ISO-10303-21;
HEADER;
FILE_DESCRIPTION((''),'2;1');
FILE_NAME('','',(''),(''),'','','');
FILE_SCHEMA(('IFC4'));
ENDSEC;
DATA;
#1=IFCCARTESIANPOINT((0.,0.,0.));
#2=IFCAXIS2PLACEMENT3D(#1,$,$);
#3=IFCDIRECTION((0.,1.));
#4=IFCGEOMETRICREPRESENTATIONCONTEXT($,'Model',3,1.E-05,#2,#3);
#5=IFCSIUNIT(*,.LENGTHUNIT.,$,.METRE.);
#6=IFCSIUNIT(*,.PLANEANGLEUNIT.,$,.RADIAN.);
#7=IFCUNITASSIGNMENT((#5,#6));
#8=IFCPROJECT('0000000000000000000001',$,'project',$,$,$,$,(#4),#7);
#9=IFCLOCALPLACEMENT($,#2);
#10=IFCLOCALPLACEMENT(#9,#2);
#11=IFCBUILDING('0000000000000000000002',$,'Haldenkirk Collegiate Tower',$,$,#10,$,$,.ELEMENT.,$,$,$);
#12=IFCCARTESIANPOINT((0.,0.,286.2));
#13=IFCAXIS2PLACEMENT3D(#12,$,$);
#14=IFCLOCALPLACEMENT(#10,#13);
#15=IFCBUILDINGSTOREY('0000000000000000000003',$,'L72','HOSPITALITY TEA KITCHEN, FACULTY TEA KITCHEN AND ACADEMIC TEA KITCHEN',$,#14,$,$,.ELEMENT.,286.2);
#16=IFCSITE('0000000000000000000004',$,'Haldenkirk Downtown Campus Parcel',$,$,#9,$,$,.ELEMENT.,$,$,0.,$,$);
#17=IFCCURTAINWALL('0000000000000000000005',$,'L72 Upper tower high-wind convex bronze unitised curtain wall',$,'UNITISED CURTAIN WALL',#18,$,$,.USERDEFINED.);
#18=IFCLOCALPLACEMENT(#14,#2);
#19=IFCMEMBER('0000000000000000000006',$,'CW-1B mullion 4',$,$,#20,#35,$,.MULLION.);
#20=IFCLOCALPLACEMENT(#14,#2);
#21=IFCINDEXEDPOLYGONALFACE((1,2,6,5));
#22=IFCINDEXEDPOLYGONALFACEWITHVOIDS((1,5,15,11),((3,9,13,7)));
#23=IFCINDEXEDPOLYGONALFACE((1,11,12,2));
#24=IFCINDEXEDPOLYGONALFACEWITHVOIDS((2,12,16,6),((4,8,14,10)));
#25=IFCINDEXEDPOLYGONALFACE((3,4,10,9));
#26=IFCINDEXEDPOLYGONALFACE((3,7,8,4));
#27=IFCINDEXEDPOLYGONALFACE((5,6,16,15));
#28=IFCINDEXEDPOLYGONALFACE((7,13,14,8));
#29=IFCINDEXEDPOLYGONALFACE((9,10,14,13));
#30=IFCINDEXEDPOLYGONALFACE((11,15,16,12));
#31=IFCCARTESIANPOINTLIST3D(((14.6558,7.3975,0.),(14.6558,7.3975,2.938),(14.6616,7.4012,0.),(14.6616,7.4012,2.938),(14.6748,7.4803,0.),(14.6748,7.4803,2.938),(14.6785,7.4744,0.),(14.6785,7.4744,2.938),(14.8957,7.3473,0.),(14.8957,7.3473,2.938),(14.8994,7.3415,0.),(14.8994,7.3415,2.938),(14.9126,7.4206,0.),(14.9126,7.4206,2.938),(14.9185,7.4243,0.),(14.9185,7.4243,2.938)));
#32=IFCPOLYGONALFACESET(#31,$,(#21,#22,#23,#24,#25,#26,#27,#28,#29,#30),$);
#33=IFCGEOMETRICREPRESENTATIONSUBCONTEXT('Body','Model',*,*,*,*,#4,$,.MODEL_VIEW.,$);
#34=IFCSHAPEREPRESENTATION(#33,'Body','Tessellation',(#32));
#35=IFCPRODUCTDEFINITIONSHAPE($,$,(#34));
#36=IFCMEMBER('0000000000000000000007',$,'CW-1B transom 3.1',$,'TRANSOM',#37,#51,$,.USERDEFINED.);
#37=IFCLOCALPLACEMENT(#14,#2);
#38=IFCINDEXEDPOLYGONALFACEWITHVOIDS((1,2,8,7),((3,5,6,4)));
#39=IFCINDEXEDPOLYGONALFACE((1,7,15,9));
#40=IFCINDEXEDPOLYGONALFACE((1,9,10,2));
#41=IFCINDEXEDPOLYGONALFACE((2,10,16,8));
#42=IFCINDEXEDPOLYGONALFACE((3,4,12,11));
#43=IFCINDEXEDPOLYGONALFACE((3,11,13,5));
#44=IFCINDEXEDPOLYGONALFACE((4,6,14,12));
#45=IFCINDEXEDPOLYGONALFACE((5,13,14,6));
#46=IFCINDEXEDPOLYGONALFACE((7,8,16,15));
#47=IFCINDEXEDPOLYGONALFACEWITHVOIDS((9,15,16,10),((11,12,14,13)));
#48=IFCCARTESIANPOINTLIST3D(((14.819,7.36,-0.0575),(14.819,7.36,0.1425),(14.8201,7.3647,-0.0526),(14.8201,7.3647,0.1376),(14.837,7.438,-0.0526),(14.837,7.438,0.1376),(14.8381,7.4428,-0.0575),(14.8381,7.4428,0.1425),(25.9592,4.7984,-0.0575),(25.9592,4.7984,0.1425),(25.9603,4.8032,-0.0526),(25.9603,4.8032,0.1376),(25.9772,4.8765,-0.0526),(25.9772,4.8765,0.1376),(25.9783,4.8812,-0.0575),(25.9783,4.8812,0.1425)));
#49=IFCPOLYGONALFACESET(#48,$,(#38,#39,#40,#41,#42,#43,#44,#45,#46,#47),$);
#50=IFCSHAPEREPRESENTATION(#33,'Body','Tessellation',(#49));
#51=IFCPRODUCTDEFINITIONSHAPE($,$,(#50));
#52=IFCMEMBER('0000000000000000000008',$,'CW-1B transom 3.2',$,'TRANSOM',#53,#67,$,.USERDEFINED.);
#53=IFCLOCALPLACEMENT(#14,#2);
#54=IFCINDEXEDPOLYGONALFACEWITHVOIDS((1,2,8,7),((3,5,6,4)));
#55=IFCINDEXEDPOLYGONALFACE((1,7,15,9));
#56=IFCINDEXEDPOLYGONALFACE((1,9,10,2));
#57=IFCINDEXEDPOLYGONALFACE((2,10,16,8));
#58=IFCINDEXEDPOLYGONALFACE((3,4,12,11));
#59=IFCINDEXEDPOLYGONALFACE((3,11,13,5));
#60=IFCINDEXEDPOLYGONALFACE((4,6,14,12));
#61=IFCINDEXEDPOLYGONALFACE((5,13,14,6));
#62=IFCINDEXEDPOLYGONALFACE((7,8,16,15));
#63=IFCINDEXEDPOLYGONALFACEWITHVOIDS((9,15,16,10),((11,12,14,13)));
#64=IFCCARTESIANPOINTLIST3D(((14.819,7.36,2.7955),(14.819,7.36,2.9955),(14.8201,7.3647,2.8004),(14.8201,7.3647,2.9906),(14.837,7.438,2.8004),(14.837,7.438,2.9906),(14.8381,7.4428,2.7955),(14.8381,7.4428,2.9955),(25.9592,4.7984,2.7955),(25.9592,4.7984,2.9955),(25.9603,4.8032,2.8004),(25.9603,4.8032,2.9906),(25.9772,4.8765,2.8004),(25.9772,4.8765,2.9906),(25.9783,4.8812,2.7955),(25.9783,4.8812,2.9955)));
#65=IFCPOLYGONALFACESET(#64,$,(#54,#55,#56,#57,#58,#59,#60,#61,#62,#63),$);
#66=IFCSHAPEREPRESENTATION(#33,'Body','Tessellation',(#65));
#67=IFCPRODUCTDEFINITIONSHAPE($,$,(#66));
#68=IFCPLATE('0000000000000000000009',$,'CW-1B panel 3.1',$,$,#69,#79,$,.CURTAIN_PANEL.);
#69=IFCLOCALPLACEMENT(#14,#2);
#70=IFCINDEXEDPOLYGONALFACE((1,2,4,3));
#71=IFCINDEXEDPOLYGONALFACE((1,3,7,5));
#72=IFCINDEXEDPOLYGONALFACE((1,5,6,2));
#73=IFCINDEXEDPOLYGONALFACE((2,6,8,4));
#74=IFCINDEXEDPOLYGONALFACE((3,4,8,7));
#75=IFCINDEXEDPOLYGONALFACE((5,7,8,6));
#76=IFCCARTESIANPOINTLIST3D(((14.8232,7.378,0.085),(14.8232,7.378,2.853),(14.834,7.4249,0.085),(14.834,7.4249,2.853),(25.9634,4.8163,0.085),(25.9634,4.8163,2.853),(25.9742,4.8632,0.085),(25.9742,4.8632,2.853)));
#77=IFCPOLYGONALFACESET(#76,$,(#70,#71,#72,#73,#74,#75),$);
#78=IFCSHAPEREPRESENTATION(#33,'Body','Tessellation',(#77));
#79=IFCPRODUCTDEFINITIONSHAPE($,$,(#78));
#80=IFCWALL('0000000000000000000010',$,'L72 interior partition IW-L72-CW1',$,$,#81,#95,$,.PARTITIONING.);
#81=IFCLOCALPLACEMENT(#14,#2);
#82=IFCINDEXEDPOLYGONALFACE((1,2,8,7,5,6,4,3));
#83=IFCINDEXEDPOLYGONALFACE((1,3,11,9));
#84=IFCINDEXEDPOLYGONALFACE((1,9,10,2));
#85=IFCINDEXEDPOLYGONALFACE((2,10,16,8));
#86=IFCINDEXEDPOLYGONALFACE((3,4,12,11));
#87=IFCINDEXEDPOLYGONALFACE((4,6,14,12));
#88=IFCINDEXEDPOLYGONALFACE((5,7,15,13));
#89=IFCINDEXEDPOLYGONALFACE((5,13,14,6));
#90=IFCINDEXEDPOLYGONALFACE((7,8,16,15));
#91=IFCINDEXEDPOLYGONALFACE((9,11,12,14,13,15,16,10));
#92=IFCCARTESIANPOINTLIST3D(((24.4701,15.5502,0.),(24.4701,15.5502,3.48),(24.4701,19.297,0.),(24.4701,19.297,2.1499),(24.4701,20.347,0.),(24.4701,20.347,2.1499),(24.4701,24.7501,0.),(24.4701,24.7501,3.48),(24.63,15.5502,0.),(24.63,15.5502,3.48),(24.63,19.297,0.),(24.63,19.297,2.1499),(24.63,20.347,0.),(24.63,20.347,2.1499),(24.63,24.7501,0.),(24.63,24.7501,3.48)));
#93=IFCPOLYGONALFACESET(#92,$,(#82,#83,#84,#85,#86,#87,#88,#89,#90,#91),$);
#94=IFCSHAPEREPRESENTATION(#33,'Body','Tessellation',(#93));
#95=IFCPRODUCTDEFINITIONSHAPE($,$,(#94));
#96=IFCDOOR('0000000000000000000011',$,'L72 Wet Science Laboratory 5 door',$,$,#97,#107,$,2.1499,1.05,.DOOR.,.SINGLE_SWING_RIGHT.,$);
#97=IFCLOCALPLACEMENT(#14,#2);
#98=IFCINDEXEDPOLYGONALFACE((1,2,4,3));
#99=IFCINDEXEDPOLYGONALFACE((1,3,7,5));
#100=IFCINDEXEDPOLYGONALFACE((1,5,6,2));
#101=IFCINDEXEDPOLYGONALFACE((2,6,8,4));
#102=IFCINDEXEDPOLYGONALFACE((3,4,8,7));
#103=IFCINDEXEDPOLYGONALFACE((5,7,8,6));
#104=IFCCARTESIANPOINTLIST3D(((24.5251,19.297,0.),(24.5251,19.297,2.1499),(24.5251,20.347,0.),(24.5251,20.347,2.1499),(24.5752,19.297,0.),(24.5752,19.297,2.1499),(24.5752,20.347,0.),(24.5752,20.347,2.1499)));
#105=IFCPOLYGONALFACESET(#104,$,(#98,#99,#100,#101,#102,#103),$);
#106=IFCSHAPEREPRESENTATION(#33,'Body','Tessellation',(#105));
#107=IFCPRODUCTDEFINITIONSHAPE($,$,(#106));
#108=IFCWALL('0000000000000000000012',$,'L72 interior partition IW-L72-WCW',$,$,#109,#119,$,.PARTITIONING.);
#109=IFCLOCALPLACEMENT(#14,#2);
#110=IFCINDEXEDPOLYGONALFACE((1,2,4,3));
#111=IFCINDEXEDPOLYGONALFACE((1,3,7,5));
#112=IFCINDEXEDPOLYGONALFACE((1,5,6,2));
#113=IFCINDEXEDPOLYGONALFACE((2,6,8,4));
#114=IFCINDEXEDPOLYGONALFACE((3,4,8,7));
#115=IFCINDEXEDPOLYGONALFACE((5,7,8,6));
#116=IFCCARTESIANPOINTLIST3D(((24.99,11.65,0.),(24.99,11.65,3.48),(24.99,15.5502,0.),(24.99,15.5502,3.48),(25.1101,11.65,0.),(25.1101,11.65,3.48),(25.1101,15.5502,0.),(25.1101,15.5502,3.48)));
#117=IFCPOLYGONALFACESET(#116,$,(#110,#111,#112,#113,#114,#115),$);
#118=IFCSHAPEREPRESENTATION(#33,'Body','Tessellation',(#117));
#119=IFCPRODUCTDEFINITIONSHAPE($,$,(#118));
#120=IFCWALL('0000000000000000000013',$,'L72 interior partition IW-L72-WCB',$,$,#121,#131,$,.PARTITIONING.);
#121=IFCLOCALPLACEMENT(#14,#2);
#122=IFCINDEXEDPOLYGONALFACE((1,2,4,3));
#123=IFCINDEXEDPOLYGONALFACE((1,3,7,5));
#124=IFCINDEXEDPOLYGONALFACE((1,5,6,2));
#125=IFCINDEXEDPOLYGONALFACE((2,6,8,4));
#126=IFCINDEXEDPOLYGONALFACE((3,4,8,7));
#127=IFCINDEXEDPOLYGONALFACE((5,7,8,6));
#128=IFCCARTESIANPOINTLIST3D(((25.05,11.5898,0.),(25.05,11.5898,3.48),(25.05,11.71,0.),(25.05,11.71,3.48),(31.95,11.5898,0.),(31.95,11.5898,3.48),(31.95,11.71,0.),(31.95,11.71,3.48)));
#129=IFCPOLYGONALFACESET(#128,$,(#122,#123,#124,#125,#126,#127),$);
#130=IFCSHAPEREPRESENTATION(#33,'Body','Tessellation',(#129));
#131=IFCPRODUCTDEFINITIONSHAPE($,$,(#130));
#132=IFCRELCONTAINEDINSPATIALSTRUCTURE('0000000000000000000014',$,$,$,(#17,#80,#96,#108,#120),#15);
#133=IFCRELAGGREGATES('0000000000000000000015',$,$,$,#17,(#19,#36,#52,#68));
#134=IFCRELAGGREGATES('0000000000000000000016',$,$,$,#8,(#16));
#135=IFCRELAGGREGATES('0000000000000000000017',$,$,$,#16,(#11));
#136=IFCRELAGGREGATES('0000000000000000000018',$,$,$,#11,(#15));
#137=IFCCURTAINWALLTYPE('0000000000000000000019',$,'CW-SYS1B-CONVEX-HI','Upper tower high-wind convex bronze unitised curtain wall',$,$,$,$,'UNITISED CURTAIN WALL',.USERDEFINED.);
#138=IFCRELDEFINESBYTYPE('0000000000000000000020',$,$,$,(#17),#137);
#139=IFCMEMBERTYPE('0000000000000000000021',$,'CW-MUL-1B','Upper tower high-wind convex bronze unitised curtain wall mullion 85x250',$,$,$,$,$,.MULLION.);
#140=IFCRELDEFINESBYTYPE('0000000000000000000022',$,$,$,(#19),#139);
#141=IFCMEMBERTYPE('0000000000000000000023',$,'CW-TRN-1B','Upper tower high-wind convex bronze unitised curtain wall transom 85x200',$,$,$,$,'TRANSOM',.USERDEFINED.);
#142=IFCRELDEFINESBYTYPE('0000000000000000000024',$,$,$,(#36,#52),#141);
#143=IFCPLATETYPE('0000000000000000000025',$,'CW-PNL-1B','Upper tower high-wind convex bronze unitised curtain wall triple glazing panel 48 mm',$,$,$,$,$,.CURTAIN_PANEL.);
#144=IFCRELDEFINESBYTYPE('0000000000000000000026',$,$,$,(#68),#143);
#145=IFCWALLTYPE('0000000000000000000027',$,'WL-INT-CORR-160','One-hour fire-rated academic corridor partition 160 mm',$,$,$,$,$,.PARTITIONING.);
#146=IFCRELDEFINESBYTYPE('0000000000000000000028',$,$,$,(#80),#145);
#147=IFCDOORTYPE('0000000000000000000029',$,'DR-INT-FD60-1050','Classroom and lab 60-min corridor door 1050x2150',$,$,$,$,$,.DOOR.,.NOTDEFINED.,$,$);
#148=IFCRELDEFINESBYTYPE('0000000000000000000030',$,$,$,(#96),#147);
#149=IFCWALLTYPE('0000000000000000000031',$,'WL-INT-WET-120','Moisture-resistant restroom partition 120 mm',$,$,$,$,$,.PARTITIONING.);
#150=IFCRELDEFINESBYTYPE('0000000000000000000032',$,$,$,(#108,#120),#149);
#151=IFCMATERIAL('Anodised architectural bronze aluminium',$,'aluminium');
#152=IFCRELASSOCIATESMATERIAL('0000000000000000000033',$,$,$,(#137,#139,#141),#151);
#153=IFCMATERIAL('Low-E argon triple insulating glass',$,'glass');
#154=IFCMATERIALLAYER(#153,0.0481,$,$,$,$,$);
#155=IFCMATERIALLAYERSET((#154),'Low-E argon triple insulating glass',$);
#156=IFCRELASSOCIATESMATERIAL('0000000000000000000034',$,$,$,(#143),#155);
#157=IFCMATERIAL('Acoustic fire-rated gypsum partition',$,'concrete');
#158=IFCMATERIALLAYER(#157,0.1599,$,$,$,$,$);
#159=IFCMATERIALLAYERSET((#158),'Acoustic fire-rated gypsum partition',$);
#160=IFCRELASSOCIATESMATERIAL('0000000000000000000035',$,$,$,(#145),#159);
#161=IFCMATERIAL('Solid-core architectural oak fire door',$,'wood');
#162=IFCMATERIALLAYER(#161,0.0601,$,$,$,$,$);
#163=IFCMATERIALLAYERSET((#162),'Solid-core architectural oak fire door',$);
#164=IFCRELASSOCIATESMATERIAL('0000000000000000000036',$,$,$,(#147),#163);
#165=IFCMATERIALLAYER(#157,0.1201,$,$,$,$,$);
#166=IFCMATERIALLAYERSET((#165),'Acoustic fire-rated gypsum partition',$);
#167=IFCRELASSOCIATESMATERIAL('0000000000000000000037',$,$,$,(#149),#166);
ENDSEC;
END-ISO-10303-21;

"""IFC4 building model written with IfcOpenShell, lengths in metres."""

from ifc_helpers import new_model, si_unit, direction, frame, frame_2d, origin, origin_2d, place, context, subcontext, project, spatial, rectangle, hollow_rectangle, extrude, source, transform, mapped, material, layer, layer_set, material_profile, profile_set, type_object, element, fill, aggregate, save


model = new_model("IFC4")

# Units and contexts
model_context = context("Model", 3, precision=1e-05, world=origin(), true_north=direction((0.0, 1.0)))
body_context = subcontext(model_context, "Body", "Model", "MODEL_VIEW")
ifc_project = project(units=[si_unit("LENGTHUNIT", "METRE"), si_unit("PLANEANGLEUNIT", "RADIAN")], contexts=[model_context])

# Site, building, storey
site_placement = place(None, origin())
site = spatial("IfcSite", under=ifc_project, at=site_placement, Name="Haldenkirk Downtown Campus Parcel", CompositionType="ELEMENT", RefElevation=0.0)
building_placement = place(site_placement, origin())
building = spatial("IfcBuilding", under=site, at=building_placement, Name="Haldenkirk Collegiate Tower", CompositionType="ELEMENT")
storey_placement = place(building_placement, frame((0.0, 0.0, 286.2)))
storey = spatial("IfcBuildingStorey", under=building, at=storey_placement, Name="L72", Description="HOSPITALITY TEA KITCHEN, FACULTY TEA KITCHEN AND ACADEMIC TEA KITCHEN", CompositionType="ELEMENT", Elevation=286.2)

# Curtain wall, members, plate
ifc_material_1 = material(Name="Anodised architectural bronze aluminium", Category="aluminium")
curtain_wall_type = type_object("IfcCurtainWallType", Name="CW-SYS1B-CONVEX-HI", Description="Upper tower high-wind convex bronze unitised curtain wall", ElementType="UNITISED CURTAIN WALL", PredefinedType="USERDEFINED", material=ifc_material_1)
curtain_wall_placement = place(storey_placement, origin())
curtain_wall = element("IfcCurtainWall", 1, at=curtain_wall_placement, inside=storey, type_object=curtain_wall_type, Name="L72 Upper tower high-wind convex bronze unitised curtain wall", ObjectType="UNITISED CURTAIN WALL", PredefinedType="USERDEFINED")
ifc_material_profile_1 = material_profile(ifc_material_1, hollow_rectangle(XDim=0.085, YDim=0.25, WallThickness=0.0049, at=origin_2d()), Name="CW-MUL-1B")
ifc_profile_set_1 = profile_set([ifc_material_profile_1], Name="Anodised architectural bronze aluminium")
member_type_1 = type_object("IfcMemberType", Name="CW-MUL-1B", Description="Upper tower high-wind convex bronze unitised curtain wall mullion 85x250", PredefinedType="MULLION", material=ifc_profile_set_1)
member_1_placement = place(storey_placement, frame((14.7871, 7.4109, 0.0), z_axis=(0.0, 0.0, 1.0), x_axis=(-0.224101, -0.974566, 0.0)))
member_1 = element("IfcMember", 2, at=member_1_placement, type_object=member_type_1, Name="CW-1B mullion 4", PredefinedType="MULLION", context=body_context, shape_type="SweptSolid", body=[
    extrude(hollow_rectangle(XDim=0.085, YDim=0.25, WallThickness=0.0049, at=origin_2d()), origin(), (0.0, 0.0, 1.0), 2.938),
])
ifc_material_profile_2 = material_profile(ifc_material_1, hollow_rectangle(XDim=0.085, YDim=0.2, WallThickness=0.0049, at=origin_2d()), Name="CW-TRN-1B")
ifc_profile_set_2 = profile_set([ifc_material_profile_2], Name="Anodised architectural bronze aluminium")
member_type_2 = type_object("IfcMemberType", Name="CW-TRN-1B", Description="Upper tower high-wind convex bronze unitised curtain wall transom 85x200", ElementType="TRANSOM", PredefinedType="USERDEFINED", material=ifc_profile_set_2)
member_2_placement = place(storey_placement, frame((25.9688, 4.8398, 0.0425), z_axis=(-0.974569, 0.224089, 0.0), x_axis=(-0.224089, -0.974569, 0.0)))
member_2 = element("IfcMember", 3, at=member_2_placement, type_object=member_type_2, Name="CW-1B transom 3.1", ObjectType="TRANSOM", PredefinedType="USERDEFINED", context=body_context, shape_type="SweptSolid", body=[
    extrude(hollow_rectangle(XDim=0.085, YDim=0.2, WallThickness=0.0049, at=origin_2d()), origin(), (0.0, 0.0, 1.0), 11.4309),
])
member_3_placement = place(storey_placement, frame((25.9688, 4.8398, 2.8955), z_axis=(-0.974569, 0.224089, 0.0), x_axis=(-0.224089, -0.974569, 0.0)))
member_3 = element("IfcMember", 4, at=member_3_placement, type_object=member_type_2, Name="CW-1B transom 3.2", ObjectType="TRANSOM", PredefinedType="USERDEFINED", context=body_context, shape_type="SweptSolid", body=[
    extrude(hollow_rectangle(XDim=0.085, YDim=0.2, WallThickness=0.0049, at=origin_2d()), origin(), (0.0, 0.0, 1.0), 11.4309),
])
ifc_material_2 = material(Name="Low-E argon triple insulating glass", Category="glass")
ifc_layer_1 = layer(ifc_material_2, 0.0481)
ifc_layer_set_1 = layer_set([ifc_layer_1], Name="Low-E argon triple insulating glass")
plate_type = type_object("IfcPlateType", Name="CW-PNL-1B", Description="Upper tower high-wind convex bronze unitised curtain wall triple glazing panel 48 mm", PredefinedType="CURTAIN_PANEL", material=ifc_layer_set_1)
shared_shape = source(origin(), body_context, "Body", "SweptSolid", [
    extrude(rectangle(XDim=11.4309, YDim=0.0481, at=origin_2d()), origin(), (0.0, 0.0, 1.0), 2.7681),
])
plate_placement = place(storey_placement, frame((20.3987, 6.1206, 0.085), z_axis=(0.0, 0.0, 1.0), x_axis=(-0.974566, 0.224101, 0.0)))
plate = element("IfcPlate", 5, at=plate_placement, type_object=plate_type, Name="CW-1B panel 3.1", PredefinedType="CURTAIN_PANEL", context=body_context, shape_type="MappedRepresentation", body=[
    mapped(shared_shape, transform((0.0, 0.0, 0.0), x_axis=(1.0, 0.0, 0.0), y_axis=(0.0, 1.0, 0.0), z_axis=(0.0, 0.0, 1.0), scale=1.0)),
])
aggregate(curtain_wall, [member_1, member_2, member_3, plate])

# Shared definitions
ifc_material_3 = material(Name="Acoustic fire-rated gypsum partition", Category="concrete")
ifc_layer_2 = layer(ifc_material_3, 0.1599)
ifc_layer_set_2 = layer_set([ifc_layer_2], Name="Acoustic fire-rated gypsum partition")
wall_type_1 = type_object("IfcWallType", Name="WL-INT-CORR-160", Description="One-hour fire-rated academic corridor partition 160 mm", PredefinedType="PARTITIONING", material=ifc_layer_set_2)
ifc_material_4 = material(Name="Solid-core architectural oak fire door", Category="wood")

# Wall, opening, door
wall_1_placement = place(storey_placement, frame((24.55, 15.55, 0.0), z_axis=(0.0, 0.0, 1.0), x_axis=(0.0, 1.0, 0.0)))
wall_1 = element("IfcWall", 6, at=wall_1_placement, inside=storey, type_object=wall_type_1, Name="L72 interior partition IW-L72-CW1", PredefinedType="PARTITIONING", context=body_context, shape_type="SweptSolid", body=[
    extrude(rectangle(XDim=9.2, YDim=0.1599, at=frame_2d((4.6001, 0.0))), origin(), (0.0, 0.0, 1.0), 3.48),
])
opening_1_placement = place(wall_1_placement, frame((3.7471, 0.0, 0.0)))
opening_1 = element("IfcOpeningElement", 7, at=opening_1_placement, cuts=wall_1, PredefinedType="OPENING", context=body_context, shape_type="SweptSolid", body=[
    extrude(rectangle(XDim=1.05, YDim=2.1499, at=frame_2d((0.5249, 1.075))), frame((0.0, 0.0898, 0.0), z_axis=(0.0, -1.0, 0.0), x_axis=(1.0, 0.0, 0.0)), (0.0, 0.0, 1.0), 0.1799),
])
ifc_layer_3 = layer(ifc_material_4, 0.0601)
ifc_layer_set_3 = layer_set([ifc_layer_3], Name="Solid-core architectural oak fire door")
door_type_1 = type_object("IfcDoorType", Name="DR-INT-FD60-1050", Description="Classroom and lab 60-min corridor door 1050x2150", OperationType="NOTDEFINED", PredefinedType="DOOR", material=ifc_layer_set_3)
door_1_placement = place(opening_1_placement, origin())
door_1 = element("IfcDoor", 8, at=door_1_placement, inside=storey, type_object=door_type_1, Name="L72 Wet Science Laboratory 5 door", OperationType="SINGLE_SWING_RIGHT", OverallHeight=2.1499, OverallWidth=1.05, PredefinedType="DOOR", context=body_context, shape_type="SweptSolid", body=[
    extrude(rectangle(XDim=1.05, YDim=2.1499, at=frame_2d((0.5249, 1.075))), frame((0.0, 0.0249, 0.0), z_axis=(0.0, -1.0, 0.0), x_axis=(1.0, 0.0, 0.0)), (0.0, 0.0, 1.0), 0.05),
])
fill(opening_1, door_1)

# Walls
ifc_layer_4 = layer(ifc_material_3, 0.1201)
ifc_layer_set_4 = layer_set([ifc_layer_4], Name="Acoustic fire-rated gypsum partition")
wall_type_2 = type_object("IfcWallType", Name="WL-INT-WET-120", Description="Moisture-resistant restroom partition 120 mm", PredefinedType="PARTITIONING", material=ifc_layer_set_4)
wall_2_placement = place(storey_placement, frame((25.05, 11.6499, 0.0), z_axis=(0.0, 0.0, 1.0), x_axis=(0.0, 1.0, 0.0)))
element("IfcWall", 9, at=wall_2_placement, inside=storey, type_object=wall_type_2, Name="L72 interior partition IW-L72-WCW", PredefinedType="PARTITIONING", context=body_context, shape_type="SweptSolid", body=[
    extrude(rectangle(XDim=3.9001, YDim=0.1201, at=frame_2d((1.9502, 0.0))), origin(), (0.0, 0.0, 1.0), 3.48),
])
wall_3_placement = place(storey_placement, frame((25.05, 11.6499, 0.0), z_axis=(0.0, 0.0, 1.0), x_axis=(1.0, 0.0, 0.0)))
element("IfcWall", 10, at=wall_3_placement, inside=storey, type_object=wall_type_2, Name="L72 interior partition IW-L72-WCB", PredefinedType="PARTITIONING", context=body_context, shape_type="SweptSolid", body=[
    extrude(rectangle(XDim=6.8999, YDim=0.1201, at=frame_2d((3.45, 0.0))), origin(), (0.0, 0.0, 1.0), 3.48),
])

save(model, "model.ifc")
